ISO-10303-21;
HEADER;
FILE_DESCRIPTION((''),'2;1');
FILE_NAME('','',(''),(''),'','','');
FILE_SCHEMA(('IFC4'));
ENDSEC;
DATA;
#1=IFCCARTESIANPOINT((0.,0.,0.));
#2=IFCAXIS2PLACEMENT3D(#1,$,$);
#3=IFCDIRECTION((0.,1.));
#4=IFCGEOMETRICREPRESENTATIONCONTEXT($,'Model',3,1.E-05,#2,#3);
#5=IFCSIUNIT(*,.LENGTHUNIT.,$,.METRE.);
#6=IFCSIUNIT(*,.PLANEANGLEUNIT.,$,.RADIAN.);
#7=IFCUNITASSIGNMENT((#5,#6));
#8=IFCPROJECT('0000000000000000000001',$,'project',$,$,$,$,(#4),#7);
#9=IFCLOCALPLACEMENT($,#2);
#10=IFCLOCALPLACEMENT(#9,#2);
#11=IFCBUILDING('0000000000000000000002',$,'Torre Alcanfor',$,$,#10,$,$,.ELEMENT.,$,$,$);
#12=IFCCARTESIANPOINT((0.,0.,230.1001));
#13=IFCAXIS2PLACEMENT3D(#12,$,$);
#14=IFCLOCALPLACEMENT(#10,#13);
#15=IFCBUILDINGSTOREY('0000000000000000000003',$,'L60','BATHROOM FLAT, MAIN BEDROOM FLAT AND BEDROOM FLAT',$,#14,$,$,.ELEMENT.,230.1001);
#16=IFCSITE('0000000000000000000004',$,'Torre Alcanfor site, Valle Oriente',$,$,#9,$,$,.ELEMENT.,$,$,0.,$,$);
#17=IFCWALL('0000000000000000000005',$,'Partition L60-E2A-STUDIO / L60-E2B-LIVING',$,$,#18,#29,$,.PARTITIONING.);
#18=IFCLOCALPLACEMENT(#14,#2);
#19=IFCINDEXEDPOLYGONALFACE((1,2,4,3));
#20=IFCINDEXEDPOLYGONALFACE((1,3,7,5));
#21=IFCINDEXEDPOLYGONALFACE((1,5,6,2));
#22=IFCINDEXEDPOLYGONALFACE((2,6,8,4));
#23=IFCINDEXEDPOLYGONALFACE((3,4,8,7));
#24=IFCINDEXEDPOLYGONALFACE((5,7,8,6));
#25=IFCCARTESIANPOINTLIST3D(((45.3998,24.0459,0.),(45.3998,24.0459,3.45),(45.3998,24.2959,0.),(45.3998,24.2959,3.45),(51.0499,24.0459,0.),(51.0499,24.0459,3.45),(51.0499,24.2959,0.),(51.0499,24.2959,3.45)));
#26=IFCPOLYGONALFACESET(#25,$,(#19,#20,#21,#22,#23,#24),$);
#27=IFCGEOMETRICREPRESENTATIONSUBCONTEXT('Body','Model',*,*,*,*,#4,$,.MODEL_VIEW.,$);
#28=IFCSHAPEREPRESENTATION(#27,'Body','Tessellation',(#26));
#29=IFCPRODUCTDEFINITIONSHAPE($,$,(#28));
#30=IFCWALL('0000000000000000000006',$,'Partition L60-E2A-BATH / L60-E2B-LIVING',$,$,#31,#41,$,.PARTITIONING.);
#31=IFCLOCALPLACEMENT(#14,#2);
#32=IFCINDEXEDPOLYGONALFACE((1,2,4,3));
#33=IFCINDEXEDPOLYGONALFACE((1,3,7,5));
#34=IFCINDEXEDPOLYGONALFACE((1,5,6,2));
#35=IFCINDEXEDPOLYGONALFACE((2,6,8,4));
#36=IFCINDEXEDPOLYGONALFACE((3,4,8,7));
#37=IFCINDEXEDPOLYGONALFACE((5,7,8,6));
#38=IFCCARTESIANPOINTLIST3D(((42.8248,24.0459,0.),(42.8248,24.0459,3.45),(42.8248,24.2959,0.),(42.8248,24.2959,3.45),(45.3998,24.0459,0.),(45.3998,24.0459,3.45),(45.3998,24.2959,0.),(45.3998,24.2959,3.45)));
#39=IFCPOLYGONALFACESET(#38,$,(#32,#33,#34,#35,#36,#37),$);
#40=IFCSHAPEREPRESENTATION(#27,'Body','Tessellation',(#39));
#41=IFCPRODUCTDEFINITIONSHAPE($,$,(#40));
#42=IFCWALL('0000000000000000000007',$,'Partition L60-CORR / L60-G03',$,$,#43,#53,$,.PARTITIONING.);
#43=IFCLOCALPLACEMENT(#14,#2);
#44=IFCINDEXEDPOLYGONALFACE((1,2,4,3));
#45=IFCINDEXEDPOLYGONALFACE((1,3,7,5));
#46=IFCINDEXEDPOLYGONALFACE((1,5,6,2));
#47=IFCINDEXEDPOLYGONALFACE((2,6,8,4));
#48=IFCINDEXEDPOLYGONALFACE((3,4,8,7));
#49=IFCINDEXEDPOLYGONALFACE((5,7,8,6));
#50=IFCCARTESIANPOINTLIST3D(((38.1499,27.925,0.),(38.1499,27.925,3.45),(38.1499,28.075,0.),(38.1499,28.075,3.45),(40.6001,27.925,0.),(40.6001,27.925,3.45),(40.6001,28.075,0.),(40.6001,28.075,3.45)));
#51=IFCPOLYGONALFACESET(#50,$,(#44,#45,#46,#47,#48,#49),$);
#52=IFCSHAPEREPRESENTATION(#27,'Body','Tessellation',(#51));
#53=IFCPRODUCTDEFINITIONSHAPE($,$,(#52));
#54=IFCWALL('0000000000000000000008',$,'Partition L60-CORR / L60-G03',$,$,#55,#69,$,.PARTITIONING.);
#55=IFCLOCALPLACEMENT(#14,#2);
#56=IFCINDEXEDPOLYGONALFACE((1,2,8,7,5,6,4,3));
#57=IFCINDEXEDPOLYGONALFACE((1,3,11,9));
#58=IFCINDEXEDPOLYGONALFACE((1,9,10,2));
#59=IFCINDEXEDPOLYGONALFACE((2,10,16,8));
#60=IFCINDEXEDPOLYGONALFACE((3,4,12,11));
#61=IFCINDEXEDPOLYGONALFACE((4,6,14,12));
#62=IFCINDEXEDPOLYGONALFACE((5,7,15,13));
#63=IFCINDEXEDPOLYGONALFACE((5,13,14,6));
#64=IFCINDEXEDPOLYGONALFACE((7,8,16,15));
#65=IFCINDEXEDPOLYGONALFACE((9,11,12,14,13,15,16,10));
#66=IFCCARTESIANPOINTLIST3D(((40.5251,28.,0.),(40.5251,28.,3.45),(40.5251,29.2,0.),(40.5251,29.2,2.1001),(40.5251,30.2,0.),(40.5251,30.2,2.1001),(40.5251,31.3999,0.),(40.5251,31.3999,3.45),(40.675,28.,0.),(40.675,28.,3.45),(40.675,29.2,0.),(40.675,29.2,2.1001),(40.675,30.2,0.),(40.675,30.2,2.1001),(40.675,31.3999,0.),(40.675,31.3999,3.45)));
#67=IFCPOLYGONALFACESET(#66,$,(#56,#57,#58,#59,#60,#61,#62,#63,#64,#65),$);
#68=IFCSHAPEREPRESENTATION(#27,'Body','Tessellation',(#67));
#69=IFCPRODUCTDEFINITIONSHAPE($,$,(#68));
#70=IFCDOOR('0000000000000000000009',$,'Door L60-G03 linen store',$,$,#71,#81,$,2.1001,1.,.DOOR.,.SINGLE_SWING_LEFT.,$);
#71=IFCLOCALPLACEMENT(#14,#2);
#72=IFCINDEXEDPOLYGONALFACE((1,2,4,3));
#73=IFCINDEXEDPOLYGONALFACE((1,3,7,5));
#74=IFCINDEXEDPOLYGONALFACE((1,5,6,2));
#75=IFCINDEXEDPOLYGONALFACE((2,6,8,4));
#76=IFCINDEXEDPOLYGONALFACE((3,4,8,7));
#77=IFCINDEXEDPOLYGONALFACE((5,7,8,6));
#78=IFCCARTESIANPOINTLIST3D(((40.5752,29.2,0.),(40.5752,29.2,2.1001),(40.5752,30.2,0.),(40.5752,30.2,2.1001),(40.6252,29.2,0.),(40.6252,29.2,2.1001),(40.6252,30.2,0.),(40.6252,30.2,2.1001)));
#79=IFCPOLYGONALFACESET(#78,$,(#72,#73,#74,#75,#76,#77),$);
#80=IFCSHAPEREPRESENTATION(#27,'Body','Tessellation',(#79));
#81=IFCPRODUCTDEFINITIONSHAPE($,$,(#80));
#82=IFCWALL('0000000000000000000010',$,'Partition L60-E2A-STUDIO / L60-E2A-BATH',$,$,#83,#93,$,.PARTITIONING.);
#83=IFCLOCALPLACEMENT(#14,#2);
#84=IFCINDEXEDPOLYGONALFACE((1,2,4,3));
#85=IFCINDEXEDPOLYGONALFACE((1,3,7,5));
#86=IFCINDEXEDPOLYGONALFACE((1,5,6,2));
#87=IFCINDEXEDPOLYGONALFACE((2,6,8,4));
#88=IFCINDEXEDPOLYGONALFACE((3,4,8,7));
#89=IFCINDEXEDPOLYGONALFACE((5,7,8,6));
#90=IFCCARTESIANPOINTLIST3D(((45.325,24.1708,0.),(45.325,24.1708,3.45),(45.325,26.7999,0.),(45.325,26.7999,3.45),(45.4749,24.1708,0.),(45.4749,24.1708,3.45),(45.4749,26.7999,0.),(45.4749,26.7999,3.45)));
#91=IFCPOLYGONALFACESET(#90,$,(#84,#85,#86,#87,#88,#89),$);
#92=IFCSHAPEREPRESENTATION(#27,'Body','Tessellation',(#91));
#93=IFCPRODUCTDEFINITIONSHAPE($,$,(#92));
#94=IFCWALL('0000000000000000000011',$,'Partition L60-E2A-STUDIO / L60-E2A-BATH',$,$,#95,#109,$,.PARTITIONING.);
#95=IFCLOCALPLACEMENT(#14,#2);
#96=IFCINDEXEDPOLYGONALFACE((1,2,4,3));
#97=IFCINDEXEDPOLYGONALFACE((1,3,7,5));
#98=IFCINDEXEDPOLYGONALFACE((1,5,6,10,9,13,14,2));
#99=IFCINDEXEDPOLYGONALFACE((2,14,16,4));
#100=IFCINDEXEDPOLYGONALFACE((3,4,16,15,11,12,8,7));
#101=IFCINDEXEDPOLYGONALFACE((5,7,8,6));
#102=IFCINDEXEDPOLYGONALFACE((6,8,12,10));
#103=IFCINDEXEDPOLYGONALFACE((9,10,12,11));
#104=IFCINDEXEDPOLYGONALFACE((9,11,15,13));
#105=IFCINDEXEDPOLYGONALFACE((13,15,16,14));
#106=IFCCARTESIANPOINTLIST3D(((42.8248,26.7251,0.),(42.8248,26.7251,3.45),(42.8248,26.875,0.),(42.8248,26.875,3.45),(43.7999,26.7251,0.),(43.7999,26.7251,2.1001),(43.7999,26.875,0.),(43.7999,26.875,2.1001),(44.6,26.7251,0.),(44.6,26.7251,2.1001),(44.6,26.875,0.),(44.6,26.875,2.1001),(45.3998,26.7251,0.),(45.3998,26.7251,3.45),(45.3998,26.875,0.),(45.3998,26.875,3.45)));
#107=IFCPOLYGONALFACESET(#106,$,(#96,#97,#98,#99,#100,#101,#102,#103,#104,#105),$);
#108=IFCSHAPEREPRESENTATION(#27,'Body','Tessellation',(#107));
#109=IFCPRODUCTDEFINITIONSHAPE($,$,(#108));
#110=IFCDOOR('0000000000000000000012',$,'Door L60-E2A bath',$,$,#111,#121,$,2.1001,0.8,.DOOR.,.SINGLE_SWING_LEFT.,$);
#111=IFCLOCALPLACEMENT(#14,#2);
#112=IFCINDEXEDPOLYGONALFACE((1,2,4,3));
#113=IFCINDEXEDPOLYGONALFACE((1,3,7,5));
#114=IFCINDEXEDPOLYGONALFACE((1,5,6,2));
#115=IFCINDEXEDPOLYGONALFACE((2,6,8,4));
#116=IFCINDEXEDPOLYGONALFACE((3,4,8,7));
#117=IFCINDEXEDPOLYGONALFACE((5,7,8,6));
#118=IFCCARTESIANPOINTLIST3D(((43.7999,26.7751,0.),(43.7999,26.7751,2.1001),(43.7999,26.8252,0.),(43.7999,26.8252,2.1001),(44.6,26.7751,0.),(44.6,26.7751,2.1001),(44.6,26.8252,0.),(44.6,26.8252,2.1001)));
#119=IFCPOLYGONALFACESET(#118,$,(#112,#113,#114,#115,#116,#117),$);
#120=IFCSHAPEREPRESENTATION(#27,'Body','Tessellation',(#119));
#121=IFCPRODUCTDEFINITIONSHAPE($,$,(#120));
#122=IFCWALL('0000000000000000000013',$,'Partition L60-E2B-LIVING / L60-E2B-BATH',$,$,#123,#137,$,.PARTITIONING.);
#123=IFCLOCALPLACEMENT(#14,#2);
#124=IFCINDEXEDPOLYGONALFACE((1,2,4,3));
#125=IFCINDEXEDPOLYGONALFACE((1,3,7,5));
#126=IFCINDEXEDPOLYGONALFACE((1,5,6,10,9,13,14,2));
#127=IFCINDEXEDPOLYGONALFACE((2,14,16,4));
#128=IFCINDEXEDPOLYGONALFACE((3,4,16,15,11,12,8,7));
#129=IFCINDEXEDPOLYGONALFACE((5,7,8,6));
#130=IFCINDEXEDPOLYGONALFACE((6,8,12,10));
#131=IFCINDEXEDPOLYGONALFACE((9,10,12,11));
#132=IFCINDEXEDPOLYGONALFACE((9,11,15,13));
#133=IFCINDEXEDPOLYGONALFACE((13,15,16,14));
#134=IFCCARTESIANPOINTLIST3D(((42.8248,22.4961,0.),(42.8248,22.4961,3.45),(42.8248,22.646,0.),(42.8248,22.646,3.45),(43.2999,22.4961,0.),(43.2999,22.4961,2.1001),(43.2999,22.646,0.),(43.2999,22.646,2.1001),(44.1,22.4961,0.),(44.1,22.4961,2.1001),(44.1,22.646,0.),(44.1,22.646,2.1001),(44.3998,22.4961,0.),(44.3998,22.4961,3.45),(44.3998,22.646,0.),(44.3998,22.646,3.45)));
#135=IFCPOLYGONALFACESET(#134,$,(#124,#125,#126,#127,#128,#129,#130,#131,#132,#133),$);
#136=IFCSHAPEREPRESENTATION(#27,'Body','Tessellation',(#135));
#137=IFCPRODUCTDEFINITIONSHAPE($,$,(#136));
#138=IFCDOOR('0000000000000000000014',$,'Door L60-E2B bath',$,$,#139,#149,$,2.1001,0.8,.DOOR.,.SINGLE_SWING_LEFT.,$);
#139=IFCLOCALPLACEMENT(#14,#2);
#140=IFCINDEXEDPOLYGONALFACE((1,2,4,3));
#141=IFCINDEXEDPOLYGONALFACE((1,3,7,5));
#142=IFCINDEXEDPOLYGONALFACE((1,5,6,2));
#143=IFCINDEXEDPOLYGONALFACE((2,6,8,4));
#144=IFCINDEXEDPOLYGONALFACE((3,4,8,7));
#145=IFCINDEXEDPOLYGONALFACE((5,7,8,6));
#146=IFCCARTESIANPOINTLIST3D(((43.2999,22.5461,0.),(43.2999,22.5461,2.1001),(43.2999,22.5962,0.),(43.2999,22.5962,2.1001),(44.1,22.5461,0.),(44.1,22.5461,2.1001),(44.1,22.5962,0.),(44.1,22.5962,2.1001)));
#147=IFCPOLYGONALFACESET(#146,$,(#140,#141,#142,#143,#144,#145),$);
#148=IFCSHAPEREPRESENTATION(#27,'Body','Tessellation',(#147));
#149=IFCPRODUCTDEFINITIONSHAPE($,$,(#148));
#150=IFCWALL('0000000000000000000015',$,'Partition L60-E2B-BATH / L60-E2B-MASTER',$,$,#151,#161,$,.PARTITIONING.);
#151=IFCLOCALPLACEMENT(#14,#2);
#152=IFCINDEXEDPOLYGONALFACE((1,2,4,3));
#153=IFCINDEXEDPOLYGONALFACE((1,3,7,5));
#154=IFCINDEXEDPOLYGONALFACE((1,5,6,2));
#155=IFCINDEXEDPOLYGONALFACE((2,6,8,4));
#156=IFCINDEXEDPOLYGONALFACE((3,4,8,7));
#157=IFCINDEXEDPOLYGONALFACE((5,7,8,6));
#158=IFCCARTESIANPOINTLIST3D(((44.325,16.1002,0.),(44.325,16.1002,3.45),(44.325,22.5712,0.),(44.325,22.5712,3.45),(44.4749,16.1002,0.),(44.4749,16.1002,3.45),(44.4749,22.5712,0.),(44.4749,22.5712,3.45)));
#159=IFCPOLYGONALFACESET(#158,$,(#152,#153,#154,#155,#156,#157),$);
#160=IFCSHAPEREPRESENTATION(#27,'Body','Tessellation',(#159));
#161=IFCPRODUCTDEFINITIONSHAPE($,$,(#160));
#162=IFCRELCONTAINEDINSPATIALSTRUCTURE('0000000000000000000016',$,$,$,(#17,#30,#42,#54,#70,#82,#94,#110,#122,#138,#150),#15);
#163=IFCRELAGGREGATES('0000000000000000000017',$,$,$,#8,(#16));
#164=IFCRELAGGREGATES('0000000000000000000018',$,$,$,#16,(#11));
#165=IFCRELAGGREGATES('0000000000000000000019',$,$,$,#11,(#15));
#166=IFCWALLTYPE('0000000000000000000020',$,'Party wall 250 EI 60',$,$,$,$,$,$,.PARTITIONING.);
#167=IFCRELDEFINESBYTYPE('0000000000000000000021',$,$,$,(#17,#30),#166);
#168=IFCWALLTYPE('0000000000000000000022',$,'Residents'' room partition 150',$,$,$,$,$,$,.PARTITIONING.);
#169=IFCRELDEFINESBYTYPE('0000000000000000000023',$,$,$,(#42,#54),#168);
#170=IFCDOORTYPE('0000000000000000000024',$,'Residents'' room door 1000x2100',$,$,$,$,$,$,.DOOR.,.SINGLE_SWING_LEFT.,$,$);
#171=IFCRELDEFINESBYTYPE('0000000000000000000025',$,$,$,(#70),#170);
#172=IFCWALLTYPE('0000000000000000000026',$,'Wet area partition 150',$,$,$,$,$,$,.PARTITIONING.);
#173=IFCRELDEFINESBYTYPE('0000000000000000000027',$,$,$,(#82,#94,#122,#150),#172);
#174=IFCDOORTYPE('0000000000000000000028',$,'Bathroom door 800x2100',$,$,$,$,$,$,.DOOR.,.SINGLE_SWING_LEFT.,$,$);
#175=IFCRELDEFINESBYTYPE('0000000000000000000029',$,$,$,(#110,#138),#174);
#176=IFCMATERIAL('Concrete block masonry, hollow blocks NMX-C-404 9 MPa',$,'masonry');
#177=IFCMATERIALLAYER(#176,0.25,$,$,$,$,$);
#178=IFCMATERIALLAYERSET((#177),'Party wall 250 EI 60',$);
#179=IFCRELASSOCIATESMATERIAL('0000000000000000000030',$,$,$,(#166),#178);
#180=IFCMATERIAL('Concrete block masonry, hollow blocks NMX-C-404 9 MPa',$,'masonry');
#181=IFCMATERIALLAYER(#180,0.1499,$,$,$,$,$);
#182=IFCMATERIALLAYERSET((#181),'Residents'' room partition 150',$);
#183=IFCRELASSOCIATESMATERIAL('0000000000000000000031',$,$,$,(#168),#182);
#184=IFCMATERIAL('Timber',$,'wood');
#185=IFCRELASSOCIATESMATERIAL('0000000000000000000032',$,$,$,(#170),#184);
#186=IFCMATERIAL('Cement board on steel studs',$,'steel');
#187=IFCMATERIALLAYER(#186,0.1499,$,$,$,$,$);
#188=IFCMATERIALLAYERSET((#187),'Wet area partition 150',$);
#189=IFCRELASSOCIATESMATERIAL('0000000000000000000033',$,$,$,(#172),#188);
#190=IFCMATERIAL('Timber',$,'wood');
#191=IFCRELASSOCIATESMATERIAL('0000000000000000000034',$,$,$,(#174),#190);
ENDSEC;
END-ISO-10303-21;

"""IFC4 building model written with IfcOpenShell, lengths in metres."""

from ifc_helpers import new_model, si_unit, direction, frame, frame_2d, origin, place, context, subcontext, project, spatial, rectangle, extrude, material, layer, layer_set, type_object, element, fill, save


model = new_model("IFC4")

# Units and contexts
model_context = context("Model", 3, precision=1e-05, world=origin(), true_north=direction((0.0, 1.0)))
body_context = subcontext(model_context, "Body", "Model", "MODEL_VIEW")
ifc_project = project(units=[si_unit("LENGTHUNIT", "METRE"), si_unit("PLANEANGLEUNIT", "RADIAN")], contexts=[model_context])

# Site, building, storey
site_placement = place(None, origin())
site = spatial("IfcSite", under=ifc_project, at=site_placement, Name="Torre Alcanfor site, Valle Oriente", CompositionType="ELEMENT", RefElevation=0.0)
building_placement = place(site_placement, origin())
building = spatial("IfcBuilding", under=site, at=building_placement, Name="Torre Alcanfor", CompositionType="ELEMENT")
storey_placement = place(building_placement, frame((0.0, 0.0, 230.1001)))
storey = spatial("IfcBuildingStorey", under=building, at=storey_placement, Name="L60", Description="BATHROOM FLAT, MAIN BEDROOM FLAT AND BEDROOM FLAT", CompositionType="ELEMENT", Elevation=230.1001)

# Walls
ifc_material_1 = material(Name="Concrete block masonry, hollow blocks NMX-C-404 9 MPa", Category="masonry")
ifc_layer_1 = layer(ifc_material_1, 0.25)
ifc_layer_set_1 = layer_set([ifc_layer_1], Name="Party wall 250 EI 60")
wall_type_1 = type_object("IfcWallType", Name="Party wall 250 EI 60", PredefinedType="PARTITIONING", material=ifc_layer_set_1)
wall_1_placement = place(storey_placement, frame((51.05, 24.1709, 0.0), z_axis=(0.0, 0.0, 1.0), x_axis=(-1.0, 0.0, 0.0)))
element("IfcWall", 1, at=wall_1_placement, inside=storey, type_object=wall_type_1, Name="Partition L60-E2A-STUDIO / L60-E2B-LIVING", PredefinedType="PARTITIONING", context=body_context, shape_type="SweptSolid", body=[
    extrude(rectangle(XDim=5.6501, YDim=0.25, at=frame_2d((2.8252, 0.0))), origin(), (0.0, 0.0, 1.0), 3.45),
])
wall_2_placement = place(storey_placement, frame((45.3999, 24.1709, 0.0), z_axis=(0.0, 0.0, 1.0), x_axis=(-1.0, 0.0, 0.0)))
element("IfcWall", 2, at=wall_2_placement, inside=storey, type_object=wall_type_1, Name="Partition L60-E2A-BATH / L60-E2B-LIVING", PredefinedType="PARTITIONING", context=body_context, shape_type="SweptSolid", body=[
    extrude(rectangle(XDim=2.575, YDim=0.25, at=frame_2d((1.2876, 0.0))), origin(), (0.0, 0.0, 1.0), 3.45),
])
ifc_material_2 = material(Name="Concrete block masonry, hollow blocks NMX-C-404 9 MPa", Category="masonry")
ifc_layer_2 = layer(ifc_material_2, 0.1499)
ifc_layer_set_2 = layer_set([ifc_layer_2], Name="Residents' room partition 150")
wall_type_2 = type_object("IfcWallType", Name="Residents' room partition 150", PredefinedType="PARTITIONING", material=ifc_layer_set_2)
wall_3_placement = place(storey_placement, frame((38.1499, 28.0, 0.0), z_axis=(0.0, 0.0, 1.0), x_axis=(1.0, 0.0, 0.0)))
element("IfcWall", 3, at=wall_3_placement, inside=storey, type_object=wall_type_2, Name="Partition L60-CORR / L60-G03", PredefinedType="PARTITIONING", context=body_context, shape_type="SweptSolid", body=[
    extrude(rectangle(XDim=2.4502, YDim=0.1499, at=frame_2d((1.2251, 0.0))), origin(), (0.0, 0.0, 1.0), 3.45),
])

# Wall, opening, door
wall_4_placement = place(storey_placement, frame((40.6001, 28.0, 0.0), z_axis=(0.0, 0.0, 1.0), x_axis=(0.0, 1.0, 0.0)))
wall_4 = element("IfcWall", 4, at=wall_4_placement, inside=storey, type_object=wall_type_2, Name="Partition L60-CORR / L60-G03", PredefinedType="PARTITIONING", context=body_context, shape_type="SweptSolid", body=[
    extrude(rectangle(XDim=3.3999, YDim=0.1499, at=frame_2d((1.7, 0.0))), origin(), (0.0, 0.0, 1.0), 3.45),
])
opening_1_placement = place(wall_4_placement, frame((1.2, 0.0, 0.0)))
opening_1 = element("IfcOpeningElement", 5, at=opening_1_placement, cuts=wall_4, PredefinedType="OPENING", context=body_context, shape_type="SweptSolid", body=[
    extrude(rectangle(XDim=1.0, YDim=2.1001, at=frame_2d((0.5, 1.05))), frame((0.0, 0.085, 0.0), z_axis=(0.0, -1.0, 0.0), x_axis=(1.0, 0.0, 0.0)), (0.0, 0.0, 1.0), 0.1699),
])
ifc_material_3 = material(Name="Timber", Category="wood")
door_type_1 = type_object("IfcDoorType", Name="Residents' room door 1000x2100", OperationType="SINGLE_SWING_LEFT", PredefinedType="DOOR", material=ifc_material_3)
door_1_placement = place(opening_1_placement, origin())
door_1 = element("IfcDoor", 6, at=door_1_placement, inside=storey, type_object=door_type_1, Name="Door L60-G03 linen store", OperationType="SINGLE_SWING_LEFT", OverallHeight=2.1001, OverallWidth=1.0, PredefinedType="DOOR", context=body_context, shape_type="SweptSolid", body=[
    extrude(rectangle(XDim=1.0, YDim=2.1001, at=frame_2d((0.5, 1.05))), frame((0.0, 0.0249, 0.0), z_axis=(0.0, -1.0, 0.0), x_axis=(1.0, 0.0, 0.0)), (0.0, 0.0, 1.0), 0.05),
])
fill(opening_1, door_1)

# Wall
ifc_material_4 = material(Name="Cement board on steel studs", Category="steel")
ifc_layer_3 = layer(ifc_material_4, 0.1499)
ifc_layer_set_3 = layer_set([ifc_layer_3], Name="Wet area partition 150")
wall_type_3 = type_object("IfcWallType", Name="Wet area partition 150", PredefinedType="PARTITIONING", material=ifc_layer_set_3)
wall_5_placement = place(storey_placement, frame((45.3999, 24.1709, 0.0), z_axis=(0.0, 0.0, 1.0), x_axis=(0.0, 1.0, 0.0)))
element("IfcWall", 7, at=wall_5_placement, inside=storey, type_object=wall_type_3, Name="Partition L60-E2A-STUDIO / L60-E2A-BATH", PredefinedType="PARTITIONING", context=body_context, shape_type="SweptSolid", body=[
    extrude(rectangle(XDim=2.6292, YDim=0.1499, at=frame_2d((1.3145, 0.0))), origin(), (0.0, 0.0, 1.0), 3.45),
])

# Walls, openings, doors
wall_6_placement = place(storey_placement, frame((45.3999, 26.8, 0.0), z_axis=(0.0, 0.0, 1.0), x_axis=(-1.0, 0.0, 0.0)))
wall_6 = element("IfcWall", 8, at=wall_6_placement, inside=storey, type_object=wall_type_3, Name="Partition L60-E2A-STUDIO / L60-E2A-BATH", PredefinedType="PARTITIONING", context=body_context, shape_type="SweptSolid", body=[
    extrude(rectangle(XDim=2.575, YDim=0.1499, at=frame_2d((1.2876, 0.0))), origin(), (0.0, 0.0, 1.0), 3.45),
])
opening_2_placement = place(wall_6_placement, frame((0.8, 0.0, 0.0)))
opening_2 = element("IfcOpeningElement", 9, at=opening_2_placement, cuts=wall_6, PredefinedType="OPENING", context=body_context, shape_type="SweptSolid", body=[
    extrude(rectangle(XDim=0.8, YDim=2.1001, at=frame_2d((0.3999, 1.05))), frame((0.0, 0.085, 0.0), z_axis=(0.0, -1.0, 0.0), x_axis=(1.0, 0.0, 0.0)), (0.0, 0.0, 1.0), 0.1699),
])
ifc_material_5 = material(Name="Timber", Category="wood")
door_type_2 = type_object("IfcDoorType", Name="Bathroom door 800x2100", OperationType="SINGLE_SWING_LEFT", PredefinedType="DOOR", material=ifc_material_5)
door_2_placement = place(opening_2_placement, origin())
door_2 = element("IfcDoor", 10, at=door_2_placement, inside=storey, type_object=door_type_2, Name="Door L60-E2A bath", OperationType="SINGLE_SWING_LEFT", OverallHeight=2.1001, OverallWidth=0.8, PredefinedType="DOOR", context=body_context, shape_type="SweptSolid", body=[
    extrude(rectangle(XDim=0.8, YDim=2.1001, at=frame_2d((0.3999, 1.05))), frame((0.0, 0.0249, 0.0), z_axis=(0.0, -1.0, 0.0), x_axis=(1.0, 0.0, 0.0)), (0.0, 0.0, 1.0), 0.05),
])
fill(opening_2, door_2)
wall_7_placement = place(storey_placement, frame((44.3999, 22.571, 0.0), z_axis=(0.0, 0.0, 1.0), x_axis=(-1.0, 0.0, 0.0)))
wall_7 = element("IfcWall", 11, at=wall_7_placement, inside=storey, type_object=wall_type_3, Name="Partition L60-E2B-LIVING / L60-E2B-BATH", PredefinedType="PARTITIONING", context=body_context, shape_type="SweptSolid", body=[
    extrude(rectangle(XDim=1.575, YDim=0.1499, at=frame_2d((0.7876, 0.0))), origin(), (0.0, 0.0, 1.0), 3.45),
])
opening_3_placement = place(wall_7_placement, frame((0.3, 0.0, 0.0)))
opening_3 = element("IfcOpeningElement", 12, at=opening_3_placement, cuts=wall_7, PredefinedType="OPENING", context=body_context, shape_type="SweptSolid", body=[
    extrude(rectangle(XDim=0.8, YDim=2.1001, at=frame_2d((0.3999, 1.05))), frame((0.0, 0.085, 0.0), z_axis=(0.0, -1.0, 0.0), x_axis=(1.0, 0.0, 0.0)), (0.0, 0.0, 1.0), 0.1699),
])
door_3_placement = place(opening_3_placement, origin())
door_3 = element("IfcDoor", 13, at=door_3_placement, inside=storey, type_object=door_type_2, Name="Door L60-E2B bath", OperationType="SINGLE_SWING_LEFT", OverallHeight=2.1001, OverallWidth=0.8, PredefinedType="DOOR", context=body_context, shape_type="SweptSolid", body=[
    extrude(rectangle(XDim=0.8, YDim=2.1001, at=frame_2d((0.3999, 1.05))), frame((0.0, 0.0249, 0.0), z_axis=(0.0, -1.0, 0.0), x_axis=(1.0, 0.0, 0.0)), (0.0, 0.0, 1.0), 0.05),
])
fill(opening_3, door_3)

# Wall
wall_8_placement = place(storey_placement, frame((44.3999, 22.571, 0.0), z_axis=(0.0, 0.0, 1.0), x_axis=(0.0, -1.0, 0.0)))
element("IfcWall", 14, at=wall_8_placement, inside=storey, type_object=wall_type_3, Name="Partition L60-E2B-BATH / L60-E2B-MASTER", PredefinedType="PARTITIONING", context=body_context, shape_type="SweptSolid", body=[
    extrude(rectangle(XDim=6.4709, YDim=0.1499, at=frame_2d((3.2354, 0.0))), origin(), (0.0, 0.0, 1.0), 3.45),
])

save(model, "model.ifc")
